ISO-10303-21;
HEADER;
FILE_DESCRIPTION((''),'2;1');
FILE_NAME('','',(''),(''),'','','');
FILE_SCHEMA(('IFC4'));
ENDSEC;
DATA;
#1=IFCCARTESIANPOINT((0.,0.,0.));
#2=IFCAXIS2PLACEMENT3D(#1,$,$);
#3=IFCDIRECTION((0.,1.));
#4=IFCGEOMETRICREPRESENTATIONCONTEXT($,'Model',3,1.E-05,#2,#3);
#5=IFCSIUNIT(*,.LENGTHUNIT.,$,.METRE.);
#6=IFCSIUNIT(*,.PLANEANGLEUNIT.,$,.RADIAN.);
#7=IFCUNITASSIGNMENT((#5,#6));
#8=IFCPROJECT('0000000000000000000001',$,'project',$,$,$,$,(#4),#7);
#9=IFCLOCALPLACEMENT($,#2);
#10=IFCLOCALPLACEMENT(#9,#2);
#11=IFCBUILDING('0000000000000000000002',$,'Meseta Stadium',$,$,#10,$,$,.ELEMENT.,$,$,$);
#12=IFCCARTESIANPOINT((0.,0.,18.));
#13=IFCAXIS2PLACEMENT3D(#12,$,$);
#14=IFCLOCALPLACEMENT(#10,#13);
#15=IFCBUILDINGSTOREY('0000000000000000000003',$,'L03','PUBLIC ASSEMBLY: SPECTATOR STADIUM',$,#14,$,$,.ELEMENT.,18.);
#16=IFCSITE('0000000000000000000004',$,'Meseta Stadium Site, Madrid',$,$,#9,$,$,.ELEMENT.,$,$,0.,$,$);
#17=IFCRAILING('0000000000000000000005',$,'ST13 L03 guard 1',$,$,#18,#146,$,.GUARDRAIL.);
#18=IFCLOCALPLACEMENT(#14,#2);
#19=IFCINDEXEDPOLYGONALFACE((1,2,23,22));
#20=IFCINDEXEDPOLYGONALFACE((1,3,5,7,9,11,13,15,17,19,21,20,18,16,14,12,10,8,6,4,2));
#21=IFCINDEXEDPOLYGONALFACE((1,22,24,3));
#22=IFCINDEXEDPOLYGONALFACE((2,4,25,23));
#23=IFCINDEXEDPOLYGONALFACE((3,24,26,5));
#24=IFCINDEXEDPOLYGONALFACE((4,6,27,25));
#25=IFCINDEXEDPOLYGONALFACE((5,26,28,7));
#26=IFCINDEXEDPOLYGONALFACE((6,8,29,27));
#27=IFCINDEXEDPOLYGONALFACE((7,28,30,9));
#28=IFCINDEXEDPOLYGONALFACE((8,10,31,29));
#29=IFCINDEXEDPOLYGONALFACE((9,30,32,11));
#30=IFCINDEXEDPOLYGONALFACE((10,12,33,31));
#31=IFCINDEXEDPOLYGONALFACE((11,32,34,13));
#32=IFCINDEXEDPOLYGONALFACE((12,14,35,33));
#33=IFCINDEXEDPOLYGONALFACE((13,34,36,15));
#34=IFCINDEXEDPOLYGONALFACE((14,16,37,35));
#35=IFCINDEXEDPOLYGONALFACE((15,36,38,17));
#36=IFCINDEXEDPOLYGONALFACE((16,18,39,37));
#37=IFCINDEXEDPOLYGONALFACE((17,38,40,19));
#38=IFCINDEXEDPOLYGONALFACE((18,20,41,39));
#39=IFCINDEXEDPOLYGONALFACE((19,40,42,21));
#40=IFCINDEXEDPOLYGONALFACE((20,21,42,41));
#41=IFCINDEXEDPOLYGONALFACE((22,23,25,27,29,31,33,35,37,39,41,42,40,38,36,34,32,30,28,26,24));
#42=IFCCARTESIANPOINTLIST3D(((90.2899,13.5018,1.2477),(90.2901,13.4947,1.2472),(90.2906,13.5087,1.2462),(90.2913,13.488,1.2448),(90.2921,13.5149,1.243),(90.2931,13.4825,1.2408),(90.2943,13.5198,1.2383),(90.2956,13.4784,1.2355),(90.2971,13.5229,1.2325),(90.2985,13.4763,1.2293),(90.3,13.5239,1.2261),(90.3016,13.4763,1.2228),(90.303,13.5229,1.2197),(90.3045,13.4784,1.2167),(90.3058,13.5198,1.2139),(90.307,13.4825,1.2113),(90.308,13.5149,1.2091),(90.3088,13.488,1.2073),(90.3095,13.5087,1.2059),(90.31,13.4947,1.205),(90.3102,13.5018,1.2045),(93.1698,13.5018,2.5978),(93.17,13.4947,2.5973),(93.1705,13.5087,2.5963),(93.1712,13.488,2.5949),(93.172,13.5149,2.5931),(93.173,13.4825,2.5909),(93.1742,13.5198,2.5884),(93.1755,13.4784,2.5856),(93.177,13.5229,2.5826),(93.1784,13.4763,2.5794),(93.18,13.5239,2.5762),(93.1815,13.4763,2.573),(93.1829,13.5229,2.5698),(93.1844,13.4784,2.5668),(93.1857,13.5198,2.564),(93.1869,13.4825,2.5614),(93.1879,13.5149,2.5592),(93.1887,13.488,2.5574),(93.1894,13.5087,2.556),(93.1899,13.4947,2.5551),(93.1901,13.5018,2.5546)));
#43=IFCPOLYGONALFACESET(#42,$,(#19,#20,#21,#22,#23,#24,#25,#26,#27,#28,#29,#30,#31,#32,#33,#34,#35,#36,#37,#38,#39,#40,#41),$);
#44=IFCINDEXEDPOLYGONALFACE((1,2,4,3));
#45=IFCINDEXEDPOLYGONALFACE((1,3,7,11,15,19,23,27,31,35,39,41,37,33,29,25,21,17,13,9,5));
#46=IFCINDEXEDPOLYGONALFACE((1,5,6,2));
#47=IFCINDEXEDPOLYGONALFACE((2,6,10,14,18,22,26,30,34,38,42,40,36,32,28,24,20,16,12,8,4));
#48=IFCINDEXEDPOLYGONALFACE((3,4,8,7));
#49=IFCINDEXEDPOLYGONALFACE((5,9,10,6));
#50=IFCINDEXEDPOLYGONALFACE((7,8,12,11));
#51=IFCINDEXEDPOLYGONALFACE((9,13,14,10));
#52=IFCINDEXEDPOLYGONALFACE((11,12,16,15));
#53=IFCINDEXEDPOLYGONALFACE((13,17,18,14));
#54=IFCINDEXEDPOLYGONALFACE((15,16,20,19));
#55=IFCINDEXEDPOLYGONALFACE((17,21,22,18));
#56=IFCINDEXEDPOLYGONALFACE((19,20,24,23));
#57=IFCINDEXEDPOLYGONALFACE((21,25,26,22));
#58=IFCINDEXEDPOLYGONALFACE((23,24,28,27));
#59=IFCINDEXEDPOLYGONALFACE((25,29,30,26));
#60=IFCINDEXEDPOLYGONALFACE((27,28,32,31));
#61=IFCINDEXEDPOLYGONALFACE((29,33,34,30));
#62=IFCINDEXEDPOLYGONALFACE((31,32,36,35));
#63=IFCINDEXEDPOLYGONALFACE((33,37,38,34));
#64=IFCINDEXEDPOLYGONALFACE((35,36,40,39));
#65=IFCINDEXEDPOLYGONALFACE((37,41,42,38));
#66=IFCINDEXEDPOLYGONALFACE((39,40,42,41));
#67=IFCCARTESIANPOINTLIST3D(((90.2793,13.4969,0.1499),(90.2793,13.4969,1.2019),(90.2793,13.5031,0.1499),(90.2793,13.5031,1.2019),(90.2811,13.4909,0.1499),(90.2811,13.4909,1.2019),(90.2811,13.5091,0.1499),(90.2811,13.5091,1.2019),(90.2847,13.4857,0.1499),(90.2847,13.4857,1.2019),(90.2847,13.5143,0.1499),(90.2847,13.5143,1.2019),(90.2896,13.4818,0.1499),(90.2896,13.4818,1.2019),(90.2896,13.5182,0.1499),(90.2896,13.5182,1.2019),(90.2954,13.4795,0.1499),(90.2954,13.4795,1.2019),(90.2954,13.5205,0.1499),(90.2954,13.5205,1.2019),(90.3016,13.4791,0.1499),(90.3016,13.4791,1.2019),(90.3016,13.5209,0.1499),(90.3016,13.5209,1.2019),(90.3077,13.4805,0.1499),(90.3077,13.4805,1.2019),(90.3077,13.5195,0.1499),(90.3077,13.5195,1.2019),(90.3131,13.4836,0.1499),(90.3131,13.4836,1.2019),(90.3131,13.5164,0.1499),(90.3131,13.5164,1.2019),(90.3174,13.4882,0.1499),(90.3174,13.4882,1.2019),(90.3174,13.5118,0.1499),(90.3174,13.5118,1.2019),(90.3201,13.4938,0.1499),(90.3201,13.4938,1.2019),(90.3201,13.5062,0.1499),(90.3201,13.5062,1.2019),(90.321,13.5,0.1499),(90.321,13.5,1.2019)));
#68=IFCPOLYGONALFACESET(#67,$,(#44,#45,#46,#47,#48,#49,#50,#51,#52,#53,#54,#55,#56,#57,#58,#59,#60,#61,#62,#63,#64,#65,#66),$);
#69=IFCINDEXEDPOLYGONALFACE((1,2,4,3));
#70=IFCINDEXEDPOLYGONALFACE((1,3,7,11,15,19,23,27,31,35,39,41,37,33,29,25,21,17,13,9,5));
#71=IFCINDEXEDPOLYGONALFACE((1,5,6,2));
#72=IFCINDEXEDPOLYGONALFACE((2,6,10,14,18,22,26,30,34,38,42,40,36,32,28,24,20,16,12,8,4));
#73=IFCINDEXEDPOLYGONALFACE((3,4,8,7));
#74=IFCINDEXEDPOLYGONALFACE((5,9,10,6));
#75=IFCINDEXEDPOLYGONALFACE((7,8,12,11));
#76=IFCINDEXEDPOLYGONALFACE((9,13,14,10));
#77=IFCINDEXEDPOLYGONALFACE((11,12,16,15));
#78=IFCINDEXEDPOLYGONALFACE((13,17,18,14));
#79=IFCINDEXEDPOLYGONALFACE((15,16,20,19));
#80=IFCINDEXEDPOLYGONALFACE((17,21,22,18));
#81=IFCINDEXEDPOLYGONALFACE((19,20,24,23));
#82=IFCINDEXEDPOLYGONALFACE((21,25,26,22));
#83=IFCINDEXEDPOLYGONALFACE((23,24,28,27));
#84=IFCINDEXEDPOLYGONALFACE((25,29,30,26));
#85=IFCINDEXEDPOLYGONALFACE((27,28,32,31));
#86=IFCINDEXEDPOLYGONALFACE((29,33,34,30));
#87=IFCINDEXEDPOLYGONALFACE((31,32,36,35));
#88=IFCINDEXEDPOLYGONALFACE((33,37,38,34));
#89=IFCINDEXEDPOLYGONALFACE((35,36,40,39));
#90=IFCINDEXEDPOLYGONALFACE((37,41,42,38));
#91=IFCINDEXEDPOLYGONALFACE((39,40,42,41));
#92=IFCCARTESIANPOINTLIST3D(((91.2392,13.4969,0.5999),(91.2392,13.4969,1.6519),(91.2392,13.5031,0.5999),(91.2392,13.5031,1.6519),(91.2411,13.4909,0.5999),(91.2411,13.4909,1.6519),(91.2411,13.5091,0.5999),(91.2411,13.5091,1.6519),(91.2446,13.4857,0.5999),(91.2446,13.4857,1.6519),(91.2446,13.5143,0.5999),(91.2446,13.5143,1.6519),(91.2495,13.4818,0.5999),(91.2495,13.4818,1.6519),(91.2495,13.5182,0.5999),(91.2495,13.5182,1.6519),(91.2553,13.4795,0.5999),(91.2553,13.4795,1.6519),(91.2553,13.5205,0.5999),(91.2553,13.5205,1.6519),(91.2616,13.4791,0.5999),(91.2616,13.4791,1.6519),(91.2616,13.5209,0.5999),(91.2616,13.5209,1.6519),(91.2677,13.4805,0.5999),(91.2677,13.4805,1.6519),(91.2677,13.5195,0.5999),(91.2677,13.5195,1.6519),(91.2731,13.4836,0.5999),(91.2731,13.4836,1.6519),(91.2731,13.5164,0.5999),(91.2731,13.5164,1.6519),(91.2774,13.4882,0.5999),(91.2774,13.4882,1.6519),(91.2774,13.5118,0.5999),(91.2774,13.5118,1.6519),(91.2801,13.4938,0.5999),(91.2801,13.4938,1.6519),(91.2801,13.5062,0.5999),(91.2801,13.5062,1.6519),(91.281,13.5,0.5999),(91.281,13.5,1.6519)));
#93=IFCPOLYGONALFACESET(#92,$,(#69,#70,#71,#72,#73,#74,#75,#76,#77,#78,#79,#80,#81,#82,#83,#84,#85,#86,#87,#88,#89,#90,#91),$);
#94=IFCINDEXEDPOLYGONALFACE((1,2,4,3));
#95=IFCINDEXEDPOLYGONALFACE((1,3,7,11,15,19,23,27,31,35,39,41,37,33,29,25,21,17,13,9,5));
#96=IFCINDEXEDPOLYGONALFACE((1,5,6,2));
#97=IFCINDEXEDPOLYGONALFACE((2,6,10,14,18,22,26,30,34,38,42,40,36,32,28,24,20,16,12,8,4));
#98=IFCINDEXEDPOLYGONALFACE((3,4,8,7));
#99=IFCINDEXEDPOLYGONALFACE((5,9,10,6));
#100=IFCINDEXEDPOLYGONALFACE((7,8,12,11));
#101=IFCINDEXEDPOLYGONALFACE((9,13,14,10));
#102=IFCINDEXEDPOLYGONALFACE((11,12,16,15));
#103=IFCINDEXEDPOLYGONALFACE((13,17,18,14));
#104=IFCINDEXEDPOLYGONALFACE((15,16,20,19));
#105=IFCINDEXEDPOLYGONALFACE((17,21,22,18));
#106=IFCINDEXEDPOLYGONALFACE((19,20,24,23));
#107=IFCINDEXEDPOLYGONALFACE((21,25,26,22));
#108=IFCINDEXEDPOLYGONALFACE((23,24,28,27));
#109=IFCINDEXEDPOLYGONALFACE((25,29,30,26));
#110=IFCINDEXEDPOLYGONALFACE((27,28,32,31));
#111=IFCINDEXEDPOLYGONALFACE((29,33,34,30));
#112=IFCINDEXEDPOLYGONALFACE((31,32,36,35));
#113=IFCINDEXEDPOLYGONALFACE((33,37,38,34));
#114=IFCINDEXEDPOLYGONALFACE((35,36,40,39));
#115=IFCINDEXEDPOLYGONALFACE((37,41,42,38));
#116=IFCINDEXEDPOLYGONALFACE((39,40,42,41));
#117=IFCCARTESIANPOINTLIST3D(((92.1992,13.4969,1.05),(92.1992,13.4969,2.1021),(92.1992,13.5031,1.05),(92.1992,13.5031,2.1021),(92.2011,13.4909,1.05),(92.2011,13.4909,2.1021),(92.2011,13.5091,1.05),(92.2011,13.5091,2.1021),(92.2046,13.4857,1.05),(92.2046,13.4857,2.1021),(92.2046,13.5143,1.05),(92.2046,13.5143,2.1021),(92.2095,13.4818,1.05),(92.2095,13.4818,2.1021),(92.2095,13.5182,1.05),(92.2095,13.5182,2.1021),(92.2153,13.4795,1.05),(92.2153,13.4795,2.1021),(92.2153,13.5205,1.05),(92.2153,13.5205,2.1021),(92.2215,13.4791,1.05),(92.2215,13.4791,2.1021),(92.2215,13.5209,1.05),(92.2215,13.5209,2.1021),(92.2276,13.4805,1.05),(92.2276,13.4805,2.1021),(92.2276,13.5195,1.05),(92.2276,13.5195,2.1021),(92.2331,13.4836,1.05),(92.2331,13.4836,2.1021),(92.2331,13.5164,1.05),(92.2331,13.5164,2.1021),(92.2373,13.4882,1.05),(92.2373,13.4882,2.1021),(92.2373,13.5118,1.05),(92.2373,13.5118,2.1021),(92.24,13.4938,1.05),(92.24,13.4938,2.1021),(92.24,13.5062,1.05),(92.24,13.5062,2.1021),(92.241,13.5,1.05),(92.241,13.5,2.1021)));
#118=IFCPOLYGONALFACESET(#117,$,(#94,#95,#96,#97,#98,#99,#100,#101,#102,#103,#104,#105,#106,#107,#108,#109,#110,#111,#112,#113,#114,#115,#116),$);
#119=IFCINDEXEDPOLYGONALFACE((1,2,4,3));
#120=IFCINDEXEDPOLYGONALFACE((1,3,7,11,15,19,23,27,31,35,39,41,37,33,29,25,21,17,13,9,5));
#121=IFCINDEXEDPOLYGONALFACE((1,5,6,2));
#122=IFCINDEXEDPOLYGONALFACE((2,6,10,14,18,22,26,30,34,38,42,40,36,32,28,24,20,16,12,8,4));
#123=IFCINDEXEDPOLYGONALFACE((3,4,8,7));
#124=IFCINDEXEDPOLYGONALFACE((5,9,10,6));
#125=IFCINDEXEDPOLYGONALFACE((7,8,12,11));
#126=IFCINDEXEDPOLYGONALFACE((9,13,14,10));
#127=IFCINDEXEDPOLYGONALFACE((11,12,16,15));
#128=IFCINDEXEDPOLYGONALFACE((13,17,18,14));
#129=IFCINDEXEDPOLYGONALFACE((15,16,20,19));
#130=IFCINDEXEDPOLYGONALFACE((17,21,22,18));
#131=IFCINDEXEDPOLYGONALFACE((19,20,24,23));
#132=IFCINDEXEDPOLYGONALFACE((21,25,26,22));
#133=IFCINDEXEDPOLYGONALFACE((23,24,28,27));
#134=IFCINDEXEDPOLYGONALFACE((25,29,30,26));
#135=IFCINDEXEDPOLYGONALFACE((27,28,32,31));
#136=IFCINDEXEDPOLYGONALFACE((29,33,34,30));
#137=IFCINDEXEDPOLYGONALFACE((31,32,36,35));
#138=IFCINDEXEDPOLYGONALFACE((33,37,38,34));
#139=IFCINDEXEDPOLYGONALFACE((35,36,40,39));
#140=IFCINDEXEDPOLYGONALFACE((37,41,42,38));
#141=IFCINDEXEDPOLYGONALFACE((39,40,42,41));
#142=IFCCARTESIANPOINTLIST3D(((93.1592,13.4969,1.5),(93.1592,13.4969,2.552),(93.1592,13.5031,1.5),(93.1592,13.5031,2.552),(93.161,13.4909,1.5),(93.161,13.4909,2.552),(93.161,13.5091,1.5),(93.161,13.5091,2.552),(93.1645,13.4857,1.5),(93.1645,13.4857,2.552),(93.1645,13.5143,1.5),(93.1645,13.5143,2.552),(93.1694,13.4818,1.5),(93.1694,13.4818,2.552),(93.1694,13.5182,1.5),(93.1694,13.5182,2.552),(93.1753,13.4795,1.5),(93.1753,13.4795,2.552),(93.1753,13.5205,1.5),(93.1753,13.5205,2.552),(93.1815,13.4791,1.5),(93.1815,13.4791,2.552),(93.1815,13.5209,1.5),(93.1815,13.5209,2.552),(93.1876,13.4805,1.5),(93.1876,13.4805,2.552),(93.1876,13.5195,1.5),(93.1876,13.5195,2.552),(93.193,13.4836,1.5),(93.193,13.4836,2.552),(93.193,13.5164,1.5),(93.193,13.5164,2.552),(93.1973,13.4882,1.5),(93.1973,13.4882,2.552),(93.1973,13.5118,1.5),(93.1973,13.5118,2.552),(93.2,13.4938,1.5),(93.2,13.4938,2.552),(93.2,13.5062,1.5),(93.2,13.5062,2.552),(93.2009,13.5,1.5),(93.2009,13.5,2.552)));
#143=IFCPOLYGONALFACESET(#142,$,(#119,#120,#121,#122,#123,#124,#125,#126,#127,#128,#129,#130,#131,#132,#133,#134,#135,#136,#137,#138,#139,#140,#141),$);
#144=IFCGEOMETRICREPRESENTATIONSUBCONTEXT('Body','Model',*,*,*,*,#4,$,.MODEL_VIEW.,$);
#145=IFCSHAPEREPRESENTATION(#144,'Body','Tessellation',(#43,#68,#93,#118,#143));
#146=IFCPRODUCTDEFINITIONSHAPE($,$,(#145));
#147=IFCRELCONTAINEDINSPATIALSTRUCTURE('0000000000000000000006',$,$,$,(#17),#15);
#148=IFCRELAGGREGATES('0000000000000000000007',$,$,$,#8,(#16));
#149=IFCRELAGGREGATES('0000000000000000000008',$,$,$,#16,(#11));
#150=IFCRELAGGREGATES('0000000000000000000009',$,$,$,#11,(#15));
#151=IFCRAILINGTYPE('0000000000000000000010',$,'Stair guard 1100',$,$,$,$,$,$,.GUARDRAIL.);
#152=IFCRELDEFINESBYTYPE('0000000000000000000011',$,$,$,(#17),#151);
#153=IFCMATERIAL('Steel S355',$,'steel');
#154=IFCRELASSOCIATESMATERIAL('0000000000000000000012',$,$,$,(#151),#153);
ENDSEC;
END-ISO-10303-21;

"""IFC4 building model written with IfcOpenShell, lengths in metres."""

from ifc_helpers import new_model, si_unit, direction, frame, origin, origin_2d, place, context, subcontext, project, spatial, circle, extrude, material, type_object, element, save


model = new_model("IFC4")

# Units and contexts
model_context = context("Model", 3, precision=1e-05, world=origin(), true_north=direction((0.0, 1.0)))
body_context = subcontext(model_context, "Body", "Model", "MODEL_VIEW")
ifc_project = project(units=[si_unit("LENGTHUNIT", "METRE"), si_unit("PLANEANGLEUNIT", "RADIAN")], contexts=[model_context])

# Site, building, storey
site_placement = place(None, origin())
site = spatial("IfcSite", under=ifc_project, at=site_placement, Name="Meseta Stadium Site, Madrid", CompositionType="ELEMENT", RefElevation=0.0)
building_placement = place(site_placement, origin())
building = spatial("IfcBuilding", under=site, at=building_placement, Name="Meseta Stadium", CompositionType="ELEMENT")
storey_placement = place(building_placement, frame((0.0, 0.0, 18.0)))
storey = spatial("IfcBuildingStorey", under=building, at=storey_placement, Name="L03", Description="PUBLIC ASSEMBLY: SPECTATOR STADIUM", CompositionType="ELEMENT", Elevation=18.0)

# Railing
ifc_material_1 = material(Name="Steel S355", Category="steel")
railing_type_1 = type_object("IfcRailingType", Name="Stair guard 1100", PredefinedType="GUARDRAIL", material=ifc_material_1)
railing_1_placement = place(storey_placement, frame((90.3, 13.5, 0.1499)))
element("IfcRailing", 1, at=railing_1_placement, inside=storey, type_object=railing_type_1, Name="ST13 L03 guard 1", PredefinedType="GUARDRAIL", context=body_context, shape_type="SweptSolid", body=[
    extrude(circle(Radius=0.0239, at=origin_2d()), frame((0.0, 0.0, 1.0762), z_axis=(0.90544, 0.0, 0.424473), x_axis=(0.0, 1.0, 0.0)), (0.0, 0.0, 1.0), 3.1807),
    extrude(circle(Radius=0.021, at=origin_2d()), origin(), (0.0, 0.0, 1.0), 1.052),
    extrude(circle(Radius=0.021, at=origin_2d()), frame((0.96, 0.0, 0.45)), (0.0, 0.0, 1.0), 1.052),
    extrude(circle(Radius=0.021, at=origin_2d()), frame((1.9199, 0.0, 0.9001)), (0.0, 0.0, 1.0), 1.052),
    extrude(circle(Radius=0.021, at=origin_2d()), frame((2.8799, 0.0, 1.3501)), (0.0, 0.0, 1.0), 1.052),
])

save(model, "model.ifc")
